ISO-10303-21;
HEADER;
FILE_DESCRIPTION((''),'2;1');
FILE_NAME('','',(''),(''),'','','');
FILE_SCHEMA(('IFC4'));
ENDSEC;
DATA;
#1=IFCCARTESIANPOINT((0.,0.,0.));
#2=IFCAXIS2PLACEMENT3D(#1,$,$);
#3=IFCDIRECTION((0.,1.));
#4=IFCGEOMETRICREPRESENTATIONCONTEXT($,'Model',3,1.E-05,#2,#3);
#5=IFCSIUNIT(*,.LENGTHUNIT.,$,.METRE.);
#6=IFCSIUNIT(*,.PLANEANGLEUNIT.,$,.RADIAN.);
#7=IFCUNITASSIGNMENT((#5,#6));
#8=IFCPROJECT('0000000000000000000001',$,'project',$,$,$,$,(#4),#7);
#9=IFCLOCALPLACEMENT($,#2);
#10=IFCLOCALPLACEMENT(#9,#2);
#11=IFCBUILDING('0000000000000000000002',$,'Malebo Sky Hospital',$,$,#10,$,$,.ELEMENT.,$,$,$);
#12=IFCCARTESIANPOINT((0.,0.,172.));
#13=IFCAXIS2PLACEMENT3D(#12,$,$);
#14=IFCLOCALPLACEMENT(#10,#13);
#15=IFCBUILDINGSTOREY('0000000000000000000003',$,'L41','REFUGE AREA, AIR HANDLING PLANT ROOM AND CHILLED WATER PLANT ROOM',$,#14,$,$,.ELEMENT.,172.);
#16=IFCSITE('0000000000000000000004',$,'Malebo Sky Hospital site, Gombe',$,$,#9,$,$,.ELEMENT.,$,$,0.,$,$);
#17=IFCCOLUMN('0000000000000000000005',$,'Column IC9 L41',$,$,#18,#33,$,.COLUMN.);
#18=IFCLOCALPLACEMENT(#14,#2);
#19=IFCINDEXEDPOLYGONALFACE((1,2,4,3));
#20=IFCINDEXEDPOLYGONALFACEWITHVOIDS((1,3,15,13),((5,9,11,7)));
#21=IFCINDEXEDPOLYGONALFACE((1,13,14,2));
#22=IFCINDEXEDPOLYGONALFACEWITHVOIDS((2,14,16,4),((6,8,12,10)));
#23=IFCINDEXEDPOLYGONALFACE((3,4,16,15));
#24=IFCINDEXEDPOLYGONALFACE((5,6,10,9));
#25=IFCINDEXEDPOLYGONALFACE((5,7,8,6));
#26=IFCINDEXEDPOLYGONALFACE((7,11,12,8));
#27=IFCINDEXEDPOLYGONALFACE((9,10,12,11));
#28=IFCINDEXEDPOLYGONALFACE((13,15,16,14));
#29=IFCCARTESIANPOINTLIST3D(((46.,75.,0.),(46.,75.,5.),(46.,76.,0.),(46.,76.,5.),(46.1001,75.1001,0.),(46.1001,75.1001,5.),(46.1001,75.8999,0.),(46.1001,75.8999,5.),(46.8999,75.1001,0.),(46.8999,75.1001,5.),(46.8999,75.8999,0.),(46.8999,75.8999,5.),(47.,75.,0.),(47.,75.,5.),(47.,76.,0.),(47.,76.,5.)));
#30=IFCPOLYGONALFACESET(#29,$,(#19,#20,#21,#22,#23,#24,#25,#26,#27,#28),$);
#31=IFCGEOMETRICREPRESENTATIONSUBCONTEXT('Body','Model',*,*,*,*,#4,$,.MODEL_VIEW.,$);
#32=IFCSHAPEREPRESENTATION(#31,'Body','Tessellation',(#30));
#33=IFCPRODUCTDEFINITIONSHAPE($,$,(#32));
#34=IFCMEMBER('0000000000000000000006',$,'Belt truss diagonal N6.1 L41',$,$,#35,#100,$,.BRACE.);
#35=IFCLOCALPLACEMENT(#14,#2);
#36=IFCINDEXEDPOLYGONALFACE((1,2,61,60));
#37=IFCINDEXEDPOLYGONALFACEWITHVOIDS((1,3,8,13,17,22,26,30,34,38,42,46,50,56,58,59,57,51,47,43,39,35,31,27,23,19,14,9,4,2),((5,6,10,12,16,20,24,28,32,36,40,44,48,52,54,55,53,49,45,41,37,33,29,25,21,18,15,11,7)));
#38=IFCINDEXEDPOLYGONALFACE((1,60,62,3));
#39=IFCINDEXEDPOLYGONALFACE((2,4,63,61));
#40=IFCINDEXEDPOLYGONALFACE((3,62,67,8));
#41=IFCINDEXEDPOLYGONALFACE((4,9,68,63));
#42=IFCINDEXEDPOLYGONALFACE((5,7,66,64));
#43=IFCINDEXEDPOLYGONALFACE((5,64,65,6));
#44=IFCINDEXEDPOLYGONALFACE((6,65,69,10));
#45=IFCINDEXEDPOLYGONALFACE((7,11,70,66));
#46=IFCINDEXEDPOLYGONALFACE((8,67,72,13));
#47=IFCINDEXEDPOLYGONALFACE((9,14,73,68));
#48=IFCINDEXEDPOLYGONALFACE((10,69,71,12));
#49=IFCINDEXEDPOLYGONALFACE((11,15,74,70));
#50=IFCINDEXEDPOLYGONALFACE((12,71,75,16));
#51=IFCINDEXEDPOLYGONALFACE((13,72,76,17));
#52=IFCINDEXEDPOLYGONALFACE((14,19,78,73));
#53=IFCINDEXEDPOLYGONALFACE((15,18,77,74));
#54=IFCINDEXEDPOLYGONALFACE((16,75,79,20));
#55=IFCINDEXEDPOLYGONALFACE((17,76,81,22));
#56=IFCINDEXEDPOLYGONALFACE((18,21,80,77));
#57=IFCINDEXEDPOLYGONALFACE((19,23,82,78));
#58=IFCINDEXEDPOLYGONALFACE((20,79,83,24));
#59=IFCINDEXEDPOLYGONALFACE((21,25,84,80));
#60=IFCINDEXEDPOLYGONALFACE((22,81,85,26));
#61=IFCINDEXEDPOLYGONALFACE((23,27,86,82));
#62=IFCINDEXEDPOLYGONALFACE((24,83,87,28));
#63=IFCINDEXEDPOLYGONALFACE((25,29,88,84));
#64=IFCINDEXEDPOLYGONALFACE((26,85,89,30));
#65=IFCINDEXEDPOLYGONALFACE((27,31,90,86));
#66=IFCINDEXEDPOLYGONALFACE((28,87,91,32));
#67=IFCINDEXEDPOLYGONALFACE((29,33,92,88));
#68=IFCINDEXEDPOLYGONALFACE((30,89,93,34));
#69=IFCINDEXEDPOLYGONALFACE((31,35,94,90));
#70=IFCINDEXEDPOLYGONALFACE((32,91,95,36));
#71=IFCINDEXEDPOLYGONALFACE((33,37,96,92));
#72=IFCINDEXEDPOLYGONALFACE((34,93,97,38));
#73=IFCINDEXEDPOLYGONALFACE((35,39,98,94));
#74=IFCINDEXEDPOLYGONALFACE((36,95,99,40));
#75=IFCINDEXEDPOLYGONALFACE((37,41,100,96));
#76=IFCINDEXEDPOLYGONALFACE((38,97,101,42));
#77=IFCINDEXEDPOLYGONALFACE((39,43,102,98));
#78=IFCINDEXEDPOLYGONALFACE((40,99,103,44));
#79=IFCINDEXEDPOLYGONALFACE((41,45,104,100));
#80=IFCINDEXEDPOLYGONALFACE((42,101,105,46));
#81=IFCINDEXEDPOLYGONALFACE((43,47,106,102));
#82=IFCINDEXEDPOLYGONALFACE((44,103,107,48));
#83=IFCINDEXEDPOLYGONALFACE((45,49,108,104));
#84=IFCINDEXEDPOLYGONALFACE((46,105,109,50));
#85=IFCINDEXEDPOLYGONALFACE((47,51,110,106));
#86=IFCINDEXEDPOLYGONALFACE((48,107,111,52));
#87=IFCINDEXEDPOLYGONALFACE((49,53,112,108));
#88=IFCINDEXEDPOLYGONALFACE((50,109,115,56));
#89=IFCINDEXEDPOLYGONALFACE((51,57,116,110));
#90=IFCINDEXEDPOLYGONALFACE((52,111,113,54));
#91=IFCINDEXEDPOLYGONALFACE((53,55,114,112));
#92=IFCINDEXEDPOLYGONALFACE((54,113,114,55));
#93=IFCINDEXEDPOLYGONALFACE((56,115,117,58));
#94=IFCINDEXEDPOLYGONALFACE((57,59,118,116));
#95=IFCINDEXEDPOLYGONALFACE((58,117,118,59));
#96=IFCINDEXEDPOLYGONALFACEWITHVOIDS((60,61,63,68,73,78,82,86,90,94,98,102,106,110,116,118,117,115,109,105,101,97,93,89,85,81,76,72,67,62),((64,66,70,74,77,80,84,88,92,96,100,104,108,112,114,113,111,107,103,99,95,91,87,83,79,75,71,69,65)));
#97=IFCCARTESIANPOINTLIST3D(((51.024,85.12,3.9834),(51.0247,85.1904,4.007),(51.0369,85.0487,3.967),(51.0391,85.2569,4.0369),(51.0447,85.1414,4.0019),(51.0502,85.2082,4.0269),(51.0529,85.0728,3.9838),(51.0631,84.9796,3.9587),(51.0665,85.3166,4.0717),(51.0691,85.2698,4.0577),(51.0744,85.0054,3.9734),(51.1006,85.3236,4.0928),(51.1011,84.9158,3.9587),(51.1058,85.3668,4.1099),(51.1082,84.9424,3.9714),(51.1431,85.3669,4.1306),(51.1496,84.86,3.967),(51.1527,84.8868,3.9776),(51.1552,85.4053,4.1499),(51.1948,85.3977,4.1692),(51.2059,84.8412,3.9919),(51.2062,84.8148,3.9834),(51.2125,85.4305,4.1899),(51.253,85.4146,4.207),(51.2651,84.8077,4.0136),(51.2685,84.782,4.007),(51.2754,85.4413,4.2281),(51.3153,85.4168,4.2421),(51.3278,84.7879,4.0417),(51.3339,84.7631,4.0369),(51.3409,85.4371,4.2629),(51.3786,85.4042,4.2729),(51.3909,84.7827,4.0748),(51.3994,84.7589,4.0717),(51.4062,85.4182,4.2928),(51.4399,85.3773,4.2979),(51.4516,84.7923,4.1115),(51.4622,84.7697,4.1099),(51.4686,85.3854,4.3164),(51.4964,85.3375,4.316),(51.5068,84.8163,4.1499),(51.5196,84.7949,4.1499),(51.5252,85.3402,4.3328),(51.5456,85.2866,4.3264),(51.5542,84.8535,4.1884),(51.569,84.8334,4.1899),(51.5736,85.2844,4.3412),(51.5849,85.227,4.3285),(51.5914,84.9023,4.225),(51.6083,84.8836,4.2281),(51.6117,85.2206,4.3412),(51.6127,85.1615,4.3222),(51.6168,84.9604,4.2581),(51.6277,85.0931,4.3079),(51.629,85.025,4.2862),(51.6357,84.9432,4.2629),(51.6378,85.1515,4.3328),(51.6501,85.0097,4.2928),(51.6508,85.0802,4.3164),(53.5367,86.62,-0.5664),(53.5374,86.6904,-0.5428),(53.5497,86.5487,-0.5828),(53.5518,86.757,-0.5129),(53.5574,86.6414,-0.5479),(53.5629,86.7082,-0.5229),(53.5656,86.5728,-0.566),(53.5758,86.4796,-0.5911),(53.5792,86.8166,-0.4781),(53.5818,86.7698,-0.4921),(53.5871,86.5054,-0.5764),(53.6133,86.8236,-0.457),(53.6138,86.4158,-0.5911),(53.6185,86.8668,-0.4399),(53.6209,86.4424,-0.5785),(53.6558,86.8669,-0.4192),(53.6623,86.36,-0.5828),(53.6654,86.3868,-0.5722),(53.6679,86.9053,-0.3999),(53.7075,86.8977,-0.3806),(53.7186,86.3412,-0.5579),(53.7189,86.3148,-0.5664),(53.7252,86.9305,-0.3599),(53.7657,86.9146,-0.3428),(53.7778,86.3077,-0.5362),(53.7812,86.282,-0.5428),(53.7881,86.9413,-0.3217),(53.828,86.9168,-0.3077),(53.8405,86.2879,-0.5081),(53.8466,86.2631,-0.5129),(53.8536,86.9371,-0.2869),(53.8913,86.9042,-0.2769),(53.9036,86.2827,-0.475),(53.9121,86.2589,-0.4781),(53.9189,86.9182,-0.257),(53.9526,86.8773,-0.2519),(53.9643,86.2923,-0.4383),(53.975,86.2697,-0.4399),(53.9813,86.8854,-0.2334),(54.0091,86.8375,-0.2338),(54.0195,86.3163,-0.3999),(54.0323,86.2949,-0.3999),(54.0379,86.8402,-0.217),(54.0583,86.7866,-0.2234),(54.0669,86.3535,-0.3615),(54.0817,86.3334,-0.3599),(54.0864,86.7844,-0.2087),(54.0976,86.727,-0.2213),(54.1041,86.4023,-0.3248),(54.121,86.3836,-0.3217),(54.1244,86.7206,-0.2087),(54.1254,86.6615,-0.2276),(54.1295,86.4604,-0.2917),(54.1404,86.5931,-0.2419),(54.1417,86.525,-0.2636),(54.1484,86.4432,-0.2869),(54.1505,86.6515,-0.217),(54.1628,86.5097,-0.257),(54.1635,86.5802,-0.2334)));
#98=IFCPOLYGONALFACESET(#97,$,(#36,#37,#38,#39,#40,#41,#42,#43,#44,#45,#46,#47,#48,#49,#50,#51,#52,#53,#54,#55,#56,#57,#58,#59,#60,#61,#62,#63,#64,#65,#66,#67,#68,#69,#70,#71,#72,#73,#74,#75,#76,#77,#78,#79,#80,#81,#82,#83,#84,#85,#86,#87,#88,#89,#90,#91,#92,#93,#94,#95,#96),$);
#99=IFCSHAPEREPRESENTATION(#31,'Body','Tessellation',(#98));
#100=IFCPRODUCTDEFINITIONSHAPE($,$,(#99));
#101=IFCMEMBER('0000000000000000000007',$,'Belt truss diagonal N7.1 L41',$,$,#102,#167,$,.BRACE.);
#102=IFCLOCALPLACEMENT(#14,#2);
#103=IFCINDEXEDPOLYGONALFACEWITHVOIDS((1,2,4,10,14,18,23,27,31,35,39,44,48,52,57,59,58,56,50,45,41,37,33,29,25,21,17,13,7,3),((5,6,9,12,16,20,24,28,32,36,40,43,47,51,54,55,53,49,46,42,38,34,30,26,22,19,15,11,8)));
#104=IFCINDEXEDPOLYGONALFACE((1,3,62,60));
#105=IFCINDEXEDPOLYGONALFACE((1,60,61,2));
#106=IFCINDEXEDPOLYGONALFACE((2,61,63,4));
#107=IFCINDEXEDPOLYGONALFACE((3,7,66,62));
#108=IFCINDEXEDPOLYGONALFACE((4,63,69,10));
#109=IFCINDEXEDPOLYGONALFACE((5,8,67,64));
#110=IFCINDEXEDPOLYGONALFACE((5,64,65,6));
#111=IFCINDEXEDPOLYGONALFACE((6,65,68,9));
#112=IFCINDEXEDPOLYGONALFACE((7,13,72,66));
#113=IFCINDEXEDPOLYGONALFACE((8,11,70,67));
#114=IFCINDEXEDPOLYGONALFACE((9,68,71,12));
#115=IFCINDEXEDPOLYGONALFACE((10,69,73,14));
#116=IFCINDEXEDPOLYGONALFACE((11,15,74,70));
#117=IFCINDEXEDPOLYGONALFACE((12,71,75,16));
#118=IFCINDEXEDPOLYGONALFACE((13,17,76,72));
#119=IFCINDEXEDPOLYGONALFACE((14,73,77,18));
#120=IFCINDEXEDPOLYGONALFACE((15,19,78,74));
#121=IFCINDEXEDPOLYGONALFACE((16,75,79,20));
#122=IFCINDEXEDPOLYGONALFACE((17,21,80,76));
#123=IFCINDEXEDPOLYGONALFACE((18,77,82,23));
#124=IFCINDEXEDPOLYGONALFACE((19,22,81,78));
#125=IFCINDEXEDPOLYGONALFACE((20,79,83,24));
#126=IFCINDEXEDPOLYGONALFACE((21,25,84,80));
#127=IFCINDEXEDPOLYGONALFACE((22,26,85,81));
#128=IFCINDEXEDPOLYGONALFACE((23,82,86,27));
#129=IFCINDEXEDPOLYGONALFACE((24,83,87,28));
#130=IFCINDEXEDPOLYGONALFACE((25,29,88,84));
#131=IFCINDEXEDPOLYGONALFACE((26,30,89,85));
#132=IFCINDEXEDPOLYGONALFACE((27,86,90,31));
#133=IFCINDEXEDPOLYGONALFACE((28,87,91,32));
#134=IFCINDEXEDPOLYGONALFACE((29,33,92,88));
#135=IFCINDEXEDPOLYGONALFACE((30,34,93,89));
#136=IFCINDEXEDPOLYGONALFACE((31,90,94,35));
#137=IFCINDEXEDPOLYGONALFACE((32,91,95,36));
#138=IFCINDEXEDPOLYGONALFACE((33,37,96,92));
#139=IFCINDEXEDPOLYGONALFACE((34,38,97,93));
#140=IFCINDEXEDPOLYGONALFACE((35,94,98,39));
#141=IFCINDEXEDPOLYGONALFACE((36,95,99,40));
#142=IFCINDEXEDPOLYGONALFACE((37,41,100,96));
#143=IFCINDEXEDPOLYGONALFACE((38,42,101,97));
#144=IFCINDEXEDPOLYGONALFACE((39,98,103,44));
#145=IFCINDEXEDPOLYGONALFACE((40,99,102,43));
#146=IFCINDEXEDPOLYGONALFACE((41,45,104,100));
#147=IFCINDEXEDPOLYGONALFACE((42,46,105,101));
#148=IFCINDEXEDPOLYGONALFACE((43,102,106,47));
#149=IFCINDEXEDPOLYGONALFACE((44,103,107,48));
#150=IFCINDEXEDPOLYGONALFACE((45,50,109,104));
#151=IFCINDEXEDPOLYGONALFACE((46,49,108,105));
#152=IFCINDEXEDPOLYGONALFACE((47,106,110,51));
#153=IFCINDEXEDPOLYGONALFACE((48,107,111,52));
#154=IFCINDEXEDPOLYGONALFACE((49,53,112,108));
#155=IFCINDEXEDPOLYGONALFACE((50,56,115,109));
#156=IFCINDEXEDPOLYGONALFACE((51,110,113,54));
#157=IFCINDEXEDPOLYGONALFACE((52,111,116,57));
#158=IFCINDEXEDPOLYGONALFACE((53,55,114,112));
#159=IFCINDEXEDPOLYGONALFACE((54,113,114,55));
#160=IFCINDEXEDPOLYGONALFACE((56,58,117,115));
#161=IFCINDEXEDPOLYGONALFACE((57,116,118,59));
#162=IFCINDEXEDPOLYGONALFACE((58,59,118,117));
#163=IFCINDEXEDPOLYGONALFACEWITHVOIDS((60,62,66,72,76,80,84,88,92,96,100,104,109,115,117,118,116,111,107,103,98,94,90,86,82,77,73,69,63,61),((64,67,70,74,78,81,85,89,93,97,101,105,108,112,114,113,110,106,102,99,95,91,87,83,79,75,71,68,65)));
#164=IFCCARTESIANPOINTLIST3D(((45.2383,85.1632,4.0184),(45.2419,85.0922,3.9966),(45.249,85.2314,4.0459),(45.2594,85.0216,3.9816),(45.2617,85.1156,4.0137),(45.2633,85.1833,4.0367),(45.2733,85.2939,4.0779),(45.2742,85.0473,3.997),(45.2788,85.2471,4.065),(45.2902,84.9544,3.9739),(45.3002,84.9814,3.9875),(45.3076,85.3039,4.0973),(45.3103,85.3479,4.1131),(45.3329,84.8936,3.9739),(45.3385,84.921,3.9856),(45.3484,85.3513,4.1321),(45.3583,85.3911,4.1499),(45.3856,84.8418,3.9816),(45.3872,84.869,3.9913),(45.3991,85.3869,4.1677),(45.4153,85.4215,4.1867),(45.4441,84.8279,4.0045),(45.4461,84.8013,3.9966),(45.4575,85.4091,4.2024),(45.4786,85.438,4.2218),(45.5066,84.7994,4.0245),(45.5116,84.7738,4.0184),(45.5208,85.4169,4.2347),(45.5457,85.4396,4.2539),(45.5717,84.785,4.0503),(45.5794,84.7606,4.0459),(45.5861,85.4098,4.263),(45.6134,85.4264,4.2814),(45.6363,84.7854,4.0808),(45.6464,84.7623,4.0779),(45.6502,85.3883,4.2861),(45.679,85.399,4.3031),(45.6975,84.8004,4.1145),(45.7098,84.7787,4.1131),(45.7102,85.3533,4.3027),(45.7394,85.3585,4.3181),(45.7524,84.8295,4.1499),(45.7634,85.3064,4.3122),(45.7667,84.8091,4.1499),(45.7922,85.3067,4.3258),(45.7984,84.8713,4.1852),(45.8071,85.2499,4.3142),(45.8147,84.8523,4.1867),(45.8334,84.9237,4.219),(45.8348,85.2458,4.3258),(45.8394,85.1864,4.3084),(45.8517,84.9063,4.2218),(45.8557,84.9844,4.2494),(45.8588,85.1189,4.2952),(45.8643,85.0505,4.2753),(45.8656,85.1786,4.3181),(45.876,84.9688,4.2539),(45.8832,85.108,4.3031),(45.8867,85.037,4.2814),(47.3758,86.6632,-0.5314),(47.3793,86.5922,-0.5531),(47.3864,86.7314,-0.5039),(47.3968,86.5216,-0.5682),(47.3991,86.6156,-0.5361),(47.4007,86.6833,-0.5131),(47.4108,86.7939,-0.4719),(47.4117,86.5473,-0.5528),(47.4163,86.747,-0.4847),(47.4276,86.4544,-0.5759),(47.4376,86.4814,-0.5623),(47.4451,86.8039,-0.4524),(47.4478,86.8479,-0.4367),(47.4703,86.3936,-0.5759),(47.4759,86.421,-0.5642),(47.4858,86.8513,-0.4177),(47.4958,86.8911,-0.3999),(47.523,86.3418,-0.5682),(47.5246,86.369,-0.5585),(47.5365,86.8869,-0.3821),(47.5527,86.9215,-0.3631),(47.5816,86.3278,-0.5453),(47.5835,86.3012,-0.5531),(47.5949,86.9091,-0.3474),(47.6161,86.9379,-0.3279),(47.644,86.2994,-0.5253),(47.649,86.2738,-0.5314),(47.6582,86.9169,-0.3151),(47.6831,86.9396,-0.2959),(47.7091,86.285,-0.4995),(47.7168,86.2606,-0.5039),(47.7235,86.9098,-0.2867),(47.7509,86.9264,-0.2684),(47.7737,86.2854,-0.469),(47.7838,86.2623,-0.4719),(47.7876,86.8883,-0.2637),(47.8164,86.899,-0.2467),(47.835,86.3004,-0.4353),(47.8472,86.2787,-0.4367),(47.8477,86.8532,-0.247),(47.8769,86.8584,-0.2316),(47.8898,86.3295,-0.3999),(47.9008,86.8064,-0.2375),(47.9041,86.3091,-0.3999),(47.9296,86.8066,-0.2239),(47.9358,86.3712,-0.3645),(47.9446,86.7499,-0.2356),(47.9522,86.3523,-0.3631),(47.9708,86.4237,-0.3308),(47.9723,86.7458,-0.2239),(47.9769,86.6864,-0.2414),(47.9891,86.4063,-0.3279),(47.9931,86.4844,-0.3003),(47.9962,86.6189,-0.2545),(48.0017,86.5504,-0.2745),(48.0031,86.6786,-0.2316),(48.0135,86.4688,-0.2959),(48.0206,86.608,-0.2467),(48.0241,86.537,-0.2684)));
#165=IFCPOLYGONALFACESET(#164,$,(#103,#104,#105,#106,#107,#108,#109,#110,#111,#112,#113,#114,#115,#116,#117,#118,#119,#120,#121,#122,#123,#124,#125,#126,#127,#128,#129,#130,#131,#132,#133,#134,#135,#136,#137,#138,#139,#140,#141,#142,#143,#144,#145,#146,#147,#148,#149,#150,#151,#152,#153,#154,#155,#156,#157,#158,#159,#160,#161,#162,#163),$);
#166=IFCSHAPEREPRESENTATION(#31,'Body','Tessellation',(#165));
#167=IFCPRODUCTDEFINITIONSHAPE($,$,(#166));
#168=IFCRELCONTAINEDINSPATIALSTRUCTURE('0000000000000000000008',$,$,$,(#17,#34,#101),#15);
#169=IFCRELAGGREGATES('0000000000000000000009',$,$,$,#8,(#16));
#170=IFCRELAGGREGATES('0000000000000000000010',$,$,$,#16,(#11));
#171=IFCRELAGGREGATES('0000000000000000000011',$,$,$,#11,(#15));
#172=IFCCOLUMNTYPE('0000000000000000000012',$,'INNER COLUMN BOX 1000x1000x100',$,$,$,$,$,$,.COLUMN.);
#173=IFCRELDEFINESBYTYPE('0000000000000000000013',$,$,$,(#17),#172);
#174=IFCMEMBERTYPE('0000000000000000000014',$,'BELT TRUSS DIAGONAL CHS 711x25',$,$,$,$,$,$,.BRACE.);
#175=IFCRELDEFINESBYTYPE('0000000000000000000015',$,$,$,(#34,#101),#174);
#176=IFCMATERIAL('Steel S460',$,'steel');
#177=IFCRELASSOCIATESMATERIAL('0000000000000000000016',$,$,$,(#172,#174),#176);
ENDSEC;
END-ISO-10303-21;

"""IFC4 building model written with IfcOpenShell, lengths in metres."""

from ifc_helpers import new_model, si_unit, direction, frame, origin, origin_2d, place, context, subcontext, project, spatial, hollow_rectangle, hollow_circle, extrude, material, material_profile, profile_set, type_object, element, save


model = new_model("IFC4")

# Units and contexts
model_context = context("Model", 3, precision=1e-05, world=origin(), true_north=direction((0.0, 1.0)))
body_context = subcontext(model_context, "Body", "Model", "MODEL_VIEW")
ifc_project = project(units=[si_unit("LENGTHUNIT", "METRE"), si_unit("PLANEANGLEUNIT", "RADIAN")], contexts=[model_context])

# Site, building, storey
site_placement = place(None, origin())
site = spatial("IfcSite", under=ifc_project, at=site_placement, Name="Malebo Sky Hospital site, Gombe", CompositionType="ELEMENT", RefElevation=0.0)
building_placement = place(site_placement, origin())
building = spatial("IfcBuilding", under=site, at=building_placement, Name="Malebo Sky Hospital", CompositionType="ELEMENT")
storey_placement = place(building_placement, frame((0.0, 0.0, 172.0)))
storey = spatial("IfcBuildingStorey", under=building, at=storey_placement, Name="L41", Description="REFUGE AREA, AIR HANDLING PLANT ROOM AND CHILLED WATER PLANT ROOM", CompositionType="ELEMENT", Elevation=172.0)

# Column
ifc_material_1 = material(Name="Steel S460", Category="steel")
ifc_material_profile_1 = material_profile(ifc_material_1, hollow_rectangle(XDim=1.0, YDim=1.0, WallThickness=0.1001, at=origin_2d()), Name="BOX 1000x1000x100")
ifc_profile_set_1 = profile_set([ifc_material_profile_1], Name="Steel S460")
column_type = type_object("IfcColumnType", Name="INNER COLUMN BOX 1000x1000x100", PredefinedType="COLUMN", material=ifc_profile_set_1)
column_placement = place(storey_placement, frame((46.5, 75.5, 0.0), z_axis=(0.0, 0.0, 1.0), x_axis=(1.0, 0.0, 0.0)))
element("IfcColumn", 1, at=column_placement, inside=storey, type_object=column_type, Name="Column IC9 L41", PredefinedType="COLUMN", context=body_context, shape_type="SweptSolid", body=[
    extrude(hollow_rectangle(XDim=1.0, YDim=1.0, WallThickness=0.1001, at=origin_2d()), origin(), (0.0, 0.0, 1.0), 5.0),
])

# Members
ifc_material_profile_2 = material_profile(ifc_material_1, hollow_circle(Radius=0.3555, WallThickness=0.0249, at=origin_2d()), Name="CHS 711x25")
ifc_profile_set_2 = profile_set([ifc_material_profile_2], Name="Steel S460")
member_type_1 = type_object("IfcMemberType", Name="BELT TRUSS DIAGONAL CHS 711x25", PredefinedType="BRACE", material=ifc_profile_set_2)
member_1_placement = place(storey_placement, frame((53.8501, 86.6001, -0.3999), z_axis=(-0.464484, -0.277282, 0.841053), x_axis=(0.512581, -0.858639, 0.0)))
element("IfcMember", 2, at=member_1_placement, inside=storey, type_object=member_type_1, Name="Belt truss diagonal N6.1 L41", PredefinedType="BRACE", context=body_context, shape_type="SweptSolid", body=[
    extrude(hollow_circle(Radius=0.3555, WallThickness=0.0249, at=origin_2d()), origin(), (0.0, 0.0, 1.0), 5.4097),
])
member_2_placement = place(storey_placement, frame((47.7, 86.6001, -0.3999), z_axis=(-0.407452, -0.285938, 0.867308), x_axis=(0.574435, -0.818551, 0.0)))
element("IfcMember", 3, at=member_2_placement, inside=storey, type_object=member_type_1, Name="Belt truss diagonal N7.1 L41", PredefinedType="BRACE", context=body_context, shape_type="SweptSolid", body=[
    extrude(hollow_circle(Radius=0.3555, WallThickness=0.0249, at=origin_2d()), origin(), (0.0, 0.0, 1.0), 5.2458),
])

save(model, "model.ifc")
